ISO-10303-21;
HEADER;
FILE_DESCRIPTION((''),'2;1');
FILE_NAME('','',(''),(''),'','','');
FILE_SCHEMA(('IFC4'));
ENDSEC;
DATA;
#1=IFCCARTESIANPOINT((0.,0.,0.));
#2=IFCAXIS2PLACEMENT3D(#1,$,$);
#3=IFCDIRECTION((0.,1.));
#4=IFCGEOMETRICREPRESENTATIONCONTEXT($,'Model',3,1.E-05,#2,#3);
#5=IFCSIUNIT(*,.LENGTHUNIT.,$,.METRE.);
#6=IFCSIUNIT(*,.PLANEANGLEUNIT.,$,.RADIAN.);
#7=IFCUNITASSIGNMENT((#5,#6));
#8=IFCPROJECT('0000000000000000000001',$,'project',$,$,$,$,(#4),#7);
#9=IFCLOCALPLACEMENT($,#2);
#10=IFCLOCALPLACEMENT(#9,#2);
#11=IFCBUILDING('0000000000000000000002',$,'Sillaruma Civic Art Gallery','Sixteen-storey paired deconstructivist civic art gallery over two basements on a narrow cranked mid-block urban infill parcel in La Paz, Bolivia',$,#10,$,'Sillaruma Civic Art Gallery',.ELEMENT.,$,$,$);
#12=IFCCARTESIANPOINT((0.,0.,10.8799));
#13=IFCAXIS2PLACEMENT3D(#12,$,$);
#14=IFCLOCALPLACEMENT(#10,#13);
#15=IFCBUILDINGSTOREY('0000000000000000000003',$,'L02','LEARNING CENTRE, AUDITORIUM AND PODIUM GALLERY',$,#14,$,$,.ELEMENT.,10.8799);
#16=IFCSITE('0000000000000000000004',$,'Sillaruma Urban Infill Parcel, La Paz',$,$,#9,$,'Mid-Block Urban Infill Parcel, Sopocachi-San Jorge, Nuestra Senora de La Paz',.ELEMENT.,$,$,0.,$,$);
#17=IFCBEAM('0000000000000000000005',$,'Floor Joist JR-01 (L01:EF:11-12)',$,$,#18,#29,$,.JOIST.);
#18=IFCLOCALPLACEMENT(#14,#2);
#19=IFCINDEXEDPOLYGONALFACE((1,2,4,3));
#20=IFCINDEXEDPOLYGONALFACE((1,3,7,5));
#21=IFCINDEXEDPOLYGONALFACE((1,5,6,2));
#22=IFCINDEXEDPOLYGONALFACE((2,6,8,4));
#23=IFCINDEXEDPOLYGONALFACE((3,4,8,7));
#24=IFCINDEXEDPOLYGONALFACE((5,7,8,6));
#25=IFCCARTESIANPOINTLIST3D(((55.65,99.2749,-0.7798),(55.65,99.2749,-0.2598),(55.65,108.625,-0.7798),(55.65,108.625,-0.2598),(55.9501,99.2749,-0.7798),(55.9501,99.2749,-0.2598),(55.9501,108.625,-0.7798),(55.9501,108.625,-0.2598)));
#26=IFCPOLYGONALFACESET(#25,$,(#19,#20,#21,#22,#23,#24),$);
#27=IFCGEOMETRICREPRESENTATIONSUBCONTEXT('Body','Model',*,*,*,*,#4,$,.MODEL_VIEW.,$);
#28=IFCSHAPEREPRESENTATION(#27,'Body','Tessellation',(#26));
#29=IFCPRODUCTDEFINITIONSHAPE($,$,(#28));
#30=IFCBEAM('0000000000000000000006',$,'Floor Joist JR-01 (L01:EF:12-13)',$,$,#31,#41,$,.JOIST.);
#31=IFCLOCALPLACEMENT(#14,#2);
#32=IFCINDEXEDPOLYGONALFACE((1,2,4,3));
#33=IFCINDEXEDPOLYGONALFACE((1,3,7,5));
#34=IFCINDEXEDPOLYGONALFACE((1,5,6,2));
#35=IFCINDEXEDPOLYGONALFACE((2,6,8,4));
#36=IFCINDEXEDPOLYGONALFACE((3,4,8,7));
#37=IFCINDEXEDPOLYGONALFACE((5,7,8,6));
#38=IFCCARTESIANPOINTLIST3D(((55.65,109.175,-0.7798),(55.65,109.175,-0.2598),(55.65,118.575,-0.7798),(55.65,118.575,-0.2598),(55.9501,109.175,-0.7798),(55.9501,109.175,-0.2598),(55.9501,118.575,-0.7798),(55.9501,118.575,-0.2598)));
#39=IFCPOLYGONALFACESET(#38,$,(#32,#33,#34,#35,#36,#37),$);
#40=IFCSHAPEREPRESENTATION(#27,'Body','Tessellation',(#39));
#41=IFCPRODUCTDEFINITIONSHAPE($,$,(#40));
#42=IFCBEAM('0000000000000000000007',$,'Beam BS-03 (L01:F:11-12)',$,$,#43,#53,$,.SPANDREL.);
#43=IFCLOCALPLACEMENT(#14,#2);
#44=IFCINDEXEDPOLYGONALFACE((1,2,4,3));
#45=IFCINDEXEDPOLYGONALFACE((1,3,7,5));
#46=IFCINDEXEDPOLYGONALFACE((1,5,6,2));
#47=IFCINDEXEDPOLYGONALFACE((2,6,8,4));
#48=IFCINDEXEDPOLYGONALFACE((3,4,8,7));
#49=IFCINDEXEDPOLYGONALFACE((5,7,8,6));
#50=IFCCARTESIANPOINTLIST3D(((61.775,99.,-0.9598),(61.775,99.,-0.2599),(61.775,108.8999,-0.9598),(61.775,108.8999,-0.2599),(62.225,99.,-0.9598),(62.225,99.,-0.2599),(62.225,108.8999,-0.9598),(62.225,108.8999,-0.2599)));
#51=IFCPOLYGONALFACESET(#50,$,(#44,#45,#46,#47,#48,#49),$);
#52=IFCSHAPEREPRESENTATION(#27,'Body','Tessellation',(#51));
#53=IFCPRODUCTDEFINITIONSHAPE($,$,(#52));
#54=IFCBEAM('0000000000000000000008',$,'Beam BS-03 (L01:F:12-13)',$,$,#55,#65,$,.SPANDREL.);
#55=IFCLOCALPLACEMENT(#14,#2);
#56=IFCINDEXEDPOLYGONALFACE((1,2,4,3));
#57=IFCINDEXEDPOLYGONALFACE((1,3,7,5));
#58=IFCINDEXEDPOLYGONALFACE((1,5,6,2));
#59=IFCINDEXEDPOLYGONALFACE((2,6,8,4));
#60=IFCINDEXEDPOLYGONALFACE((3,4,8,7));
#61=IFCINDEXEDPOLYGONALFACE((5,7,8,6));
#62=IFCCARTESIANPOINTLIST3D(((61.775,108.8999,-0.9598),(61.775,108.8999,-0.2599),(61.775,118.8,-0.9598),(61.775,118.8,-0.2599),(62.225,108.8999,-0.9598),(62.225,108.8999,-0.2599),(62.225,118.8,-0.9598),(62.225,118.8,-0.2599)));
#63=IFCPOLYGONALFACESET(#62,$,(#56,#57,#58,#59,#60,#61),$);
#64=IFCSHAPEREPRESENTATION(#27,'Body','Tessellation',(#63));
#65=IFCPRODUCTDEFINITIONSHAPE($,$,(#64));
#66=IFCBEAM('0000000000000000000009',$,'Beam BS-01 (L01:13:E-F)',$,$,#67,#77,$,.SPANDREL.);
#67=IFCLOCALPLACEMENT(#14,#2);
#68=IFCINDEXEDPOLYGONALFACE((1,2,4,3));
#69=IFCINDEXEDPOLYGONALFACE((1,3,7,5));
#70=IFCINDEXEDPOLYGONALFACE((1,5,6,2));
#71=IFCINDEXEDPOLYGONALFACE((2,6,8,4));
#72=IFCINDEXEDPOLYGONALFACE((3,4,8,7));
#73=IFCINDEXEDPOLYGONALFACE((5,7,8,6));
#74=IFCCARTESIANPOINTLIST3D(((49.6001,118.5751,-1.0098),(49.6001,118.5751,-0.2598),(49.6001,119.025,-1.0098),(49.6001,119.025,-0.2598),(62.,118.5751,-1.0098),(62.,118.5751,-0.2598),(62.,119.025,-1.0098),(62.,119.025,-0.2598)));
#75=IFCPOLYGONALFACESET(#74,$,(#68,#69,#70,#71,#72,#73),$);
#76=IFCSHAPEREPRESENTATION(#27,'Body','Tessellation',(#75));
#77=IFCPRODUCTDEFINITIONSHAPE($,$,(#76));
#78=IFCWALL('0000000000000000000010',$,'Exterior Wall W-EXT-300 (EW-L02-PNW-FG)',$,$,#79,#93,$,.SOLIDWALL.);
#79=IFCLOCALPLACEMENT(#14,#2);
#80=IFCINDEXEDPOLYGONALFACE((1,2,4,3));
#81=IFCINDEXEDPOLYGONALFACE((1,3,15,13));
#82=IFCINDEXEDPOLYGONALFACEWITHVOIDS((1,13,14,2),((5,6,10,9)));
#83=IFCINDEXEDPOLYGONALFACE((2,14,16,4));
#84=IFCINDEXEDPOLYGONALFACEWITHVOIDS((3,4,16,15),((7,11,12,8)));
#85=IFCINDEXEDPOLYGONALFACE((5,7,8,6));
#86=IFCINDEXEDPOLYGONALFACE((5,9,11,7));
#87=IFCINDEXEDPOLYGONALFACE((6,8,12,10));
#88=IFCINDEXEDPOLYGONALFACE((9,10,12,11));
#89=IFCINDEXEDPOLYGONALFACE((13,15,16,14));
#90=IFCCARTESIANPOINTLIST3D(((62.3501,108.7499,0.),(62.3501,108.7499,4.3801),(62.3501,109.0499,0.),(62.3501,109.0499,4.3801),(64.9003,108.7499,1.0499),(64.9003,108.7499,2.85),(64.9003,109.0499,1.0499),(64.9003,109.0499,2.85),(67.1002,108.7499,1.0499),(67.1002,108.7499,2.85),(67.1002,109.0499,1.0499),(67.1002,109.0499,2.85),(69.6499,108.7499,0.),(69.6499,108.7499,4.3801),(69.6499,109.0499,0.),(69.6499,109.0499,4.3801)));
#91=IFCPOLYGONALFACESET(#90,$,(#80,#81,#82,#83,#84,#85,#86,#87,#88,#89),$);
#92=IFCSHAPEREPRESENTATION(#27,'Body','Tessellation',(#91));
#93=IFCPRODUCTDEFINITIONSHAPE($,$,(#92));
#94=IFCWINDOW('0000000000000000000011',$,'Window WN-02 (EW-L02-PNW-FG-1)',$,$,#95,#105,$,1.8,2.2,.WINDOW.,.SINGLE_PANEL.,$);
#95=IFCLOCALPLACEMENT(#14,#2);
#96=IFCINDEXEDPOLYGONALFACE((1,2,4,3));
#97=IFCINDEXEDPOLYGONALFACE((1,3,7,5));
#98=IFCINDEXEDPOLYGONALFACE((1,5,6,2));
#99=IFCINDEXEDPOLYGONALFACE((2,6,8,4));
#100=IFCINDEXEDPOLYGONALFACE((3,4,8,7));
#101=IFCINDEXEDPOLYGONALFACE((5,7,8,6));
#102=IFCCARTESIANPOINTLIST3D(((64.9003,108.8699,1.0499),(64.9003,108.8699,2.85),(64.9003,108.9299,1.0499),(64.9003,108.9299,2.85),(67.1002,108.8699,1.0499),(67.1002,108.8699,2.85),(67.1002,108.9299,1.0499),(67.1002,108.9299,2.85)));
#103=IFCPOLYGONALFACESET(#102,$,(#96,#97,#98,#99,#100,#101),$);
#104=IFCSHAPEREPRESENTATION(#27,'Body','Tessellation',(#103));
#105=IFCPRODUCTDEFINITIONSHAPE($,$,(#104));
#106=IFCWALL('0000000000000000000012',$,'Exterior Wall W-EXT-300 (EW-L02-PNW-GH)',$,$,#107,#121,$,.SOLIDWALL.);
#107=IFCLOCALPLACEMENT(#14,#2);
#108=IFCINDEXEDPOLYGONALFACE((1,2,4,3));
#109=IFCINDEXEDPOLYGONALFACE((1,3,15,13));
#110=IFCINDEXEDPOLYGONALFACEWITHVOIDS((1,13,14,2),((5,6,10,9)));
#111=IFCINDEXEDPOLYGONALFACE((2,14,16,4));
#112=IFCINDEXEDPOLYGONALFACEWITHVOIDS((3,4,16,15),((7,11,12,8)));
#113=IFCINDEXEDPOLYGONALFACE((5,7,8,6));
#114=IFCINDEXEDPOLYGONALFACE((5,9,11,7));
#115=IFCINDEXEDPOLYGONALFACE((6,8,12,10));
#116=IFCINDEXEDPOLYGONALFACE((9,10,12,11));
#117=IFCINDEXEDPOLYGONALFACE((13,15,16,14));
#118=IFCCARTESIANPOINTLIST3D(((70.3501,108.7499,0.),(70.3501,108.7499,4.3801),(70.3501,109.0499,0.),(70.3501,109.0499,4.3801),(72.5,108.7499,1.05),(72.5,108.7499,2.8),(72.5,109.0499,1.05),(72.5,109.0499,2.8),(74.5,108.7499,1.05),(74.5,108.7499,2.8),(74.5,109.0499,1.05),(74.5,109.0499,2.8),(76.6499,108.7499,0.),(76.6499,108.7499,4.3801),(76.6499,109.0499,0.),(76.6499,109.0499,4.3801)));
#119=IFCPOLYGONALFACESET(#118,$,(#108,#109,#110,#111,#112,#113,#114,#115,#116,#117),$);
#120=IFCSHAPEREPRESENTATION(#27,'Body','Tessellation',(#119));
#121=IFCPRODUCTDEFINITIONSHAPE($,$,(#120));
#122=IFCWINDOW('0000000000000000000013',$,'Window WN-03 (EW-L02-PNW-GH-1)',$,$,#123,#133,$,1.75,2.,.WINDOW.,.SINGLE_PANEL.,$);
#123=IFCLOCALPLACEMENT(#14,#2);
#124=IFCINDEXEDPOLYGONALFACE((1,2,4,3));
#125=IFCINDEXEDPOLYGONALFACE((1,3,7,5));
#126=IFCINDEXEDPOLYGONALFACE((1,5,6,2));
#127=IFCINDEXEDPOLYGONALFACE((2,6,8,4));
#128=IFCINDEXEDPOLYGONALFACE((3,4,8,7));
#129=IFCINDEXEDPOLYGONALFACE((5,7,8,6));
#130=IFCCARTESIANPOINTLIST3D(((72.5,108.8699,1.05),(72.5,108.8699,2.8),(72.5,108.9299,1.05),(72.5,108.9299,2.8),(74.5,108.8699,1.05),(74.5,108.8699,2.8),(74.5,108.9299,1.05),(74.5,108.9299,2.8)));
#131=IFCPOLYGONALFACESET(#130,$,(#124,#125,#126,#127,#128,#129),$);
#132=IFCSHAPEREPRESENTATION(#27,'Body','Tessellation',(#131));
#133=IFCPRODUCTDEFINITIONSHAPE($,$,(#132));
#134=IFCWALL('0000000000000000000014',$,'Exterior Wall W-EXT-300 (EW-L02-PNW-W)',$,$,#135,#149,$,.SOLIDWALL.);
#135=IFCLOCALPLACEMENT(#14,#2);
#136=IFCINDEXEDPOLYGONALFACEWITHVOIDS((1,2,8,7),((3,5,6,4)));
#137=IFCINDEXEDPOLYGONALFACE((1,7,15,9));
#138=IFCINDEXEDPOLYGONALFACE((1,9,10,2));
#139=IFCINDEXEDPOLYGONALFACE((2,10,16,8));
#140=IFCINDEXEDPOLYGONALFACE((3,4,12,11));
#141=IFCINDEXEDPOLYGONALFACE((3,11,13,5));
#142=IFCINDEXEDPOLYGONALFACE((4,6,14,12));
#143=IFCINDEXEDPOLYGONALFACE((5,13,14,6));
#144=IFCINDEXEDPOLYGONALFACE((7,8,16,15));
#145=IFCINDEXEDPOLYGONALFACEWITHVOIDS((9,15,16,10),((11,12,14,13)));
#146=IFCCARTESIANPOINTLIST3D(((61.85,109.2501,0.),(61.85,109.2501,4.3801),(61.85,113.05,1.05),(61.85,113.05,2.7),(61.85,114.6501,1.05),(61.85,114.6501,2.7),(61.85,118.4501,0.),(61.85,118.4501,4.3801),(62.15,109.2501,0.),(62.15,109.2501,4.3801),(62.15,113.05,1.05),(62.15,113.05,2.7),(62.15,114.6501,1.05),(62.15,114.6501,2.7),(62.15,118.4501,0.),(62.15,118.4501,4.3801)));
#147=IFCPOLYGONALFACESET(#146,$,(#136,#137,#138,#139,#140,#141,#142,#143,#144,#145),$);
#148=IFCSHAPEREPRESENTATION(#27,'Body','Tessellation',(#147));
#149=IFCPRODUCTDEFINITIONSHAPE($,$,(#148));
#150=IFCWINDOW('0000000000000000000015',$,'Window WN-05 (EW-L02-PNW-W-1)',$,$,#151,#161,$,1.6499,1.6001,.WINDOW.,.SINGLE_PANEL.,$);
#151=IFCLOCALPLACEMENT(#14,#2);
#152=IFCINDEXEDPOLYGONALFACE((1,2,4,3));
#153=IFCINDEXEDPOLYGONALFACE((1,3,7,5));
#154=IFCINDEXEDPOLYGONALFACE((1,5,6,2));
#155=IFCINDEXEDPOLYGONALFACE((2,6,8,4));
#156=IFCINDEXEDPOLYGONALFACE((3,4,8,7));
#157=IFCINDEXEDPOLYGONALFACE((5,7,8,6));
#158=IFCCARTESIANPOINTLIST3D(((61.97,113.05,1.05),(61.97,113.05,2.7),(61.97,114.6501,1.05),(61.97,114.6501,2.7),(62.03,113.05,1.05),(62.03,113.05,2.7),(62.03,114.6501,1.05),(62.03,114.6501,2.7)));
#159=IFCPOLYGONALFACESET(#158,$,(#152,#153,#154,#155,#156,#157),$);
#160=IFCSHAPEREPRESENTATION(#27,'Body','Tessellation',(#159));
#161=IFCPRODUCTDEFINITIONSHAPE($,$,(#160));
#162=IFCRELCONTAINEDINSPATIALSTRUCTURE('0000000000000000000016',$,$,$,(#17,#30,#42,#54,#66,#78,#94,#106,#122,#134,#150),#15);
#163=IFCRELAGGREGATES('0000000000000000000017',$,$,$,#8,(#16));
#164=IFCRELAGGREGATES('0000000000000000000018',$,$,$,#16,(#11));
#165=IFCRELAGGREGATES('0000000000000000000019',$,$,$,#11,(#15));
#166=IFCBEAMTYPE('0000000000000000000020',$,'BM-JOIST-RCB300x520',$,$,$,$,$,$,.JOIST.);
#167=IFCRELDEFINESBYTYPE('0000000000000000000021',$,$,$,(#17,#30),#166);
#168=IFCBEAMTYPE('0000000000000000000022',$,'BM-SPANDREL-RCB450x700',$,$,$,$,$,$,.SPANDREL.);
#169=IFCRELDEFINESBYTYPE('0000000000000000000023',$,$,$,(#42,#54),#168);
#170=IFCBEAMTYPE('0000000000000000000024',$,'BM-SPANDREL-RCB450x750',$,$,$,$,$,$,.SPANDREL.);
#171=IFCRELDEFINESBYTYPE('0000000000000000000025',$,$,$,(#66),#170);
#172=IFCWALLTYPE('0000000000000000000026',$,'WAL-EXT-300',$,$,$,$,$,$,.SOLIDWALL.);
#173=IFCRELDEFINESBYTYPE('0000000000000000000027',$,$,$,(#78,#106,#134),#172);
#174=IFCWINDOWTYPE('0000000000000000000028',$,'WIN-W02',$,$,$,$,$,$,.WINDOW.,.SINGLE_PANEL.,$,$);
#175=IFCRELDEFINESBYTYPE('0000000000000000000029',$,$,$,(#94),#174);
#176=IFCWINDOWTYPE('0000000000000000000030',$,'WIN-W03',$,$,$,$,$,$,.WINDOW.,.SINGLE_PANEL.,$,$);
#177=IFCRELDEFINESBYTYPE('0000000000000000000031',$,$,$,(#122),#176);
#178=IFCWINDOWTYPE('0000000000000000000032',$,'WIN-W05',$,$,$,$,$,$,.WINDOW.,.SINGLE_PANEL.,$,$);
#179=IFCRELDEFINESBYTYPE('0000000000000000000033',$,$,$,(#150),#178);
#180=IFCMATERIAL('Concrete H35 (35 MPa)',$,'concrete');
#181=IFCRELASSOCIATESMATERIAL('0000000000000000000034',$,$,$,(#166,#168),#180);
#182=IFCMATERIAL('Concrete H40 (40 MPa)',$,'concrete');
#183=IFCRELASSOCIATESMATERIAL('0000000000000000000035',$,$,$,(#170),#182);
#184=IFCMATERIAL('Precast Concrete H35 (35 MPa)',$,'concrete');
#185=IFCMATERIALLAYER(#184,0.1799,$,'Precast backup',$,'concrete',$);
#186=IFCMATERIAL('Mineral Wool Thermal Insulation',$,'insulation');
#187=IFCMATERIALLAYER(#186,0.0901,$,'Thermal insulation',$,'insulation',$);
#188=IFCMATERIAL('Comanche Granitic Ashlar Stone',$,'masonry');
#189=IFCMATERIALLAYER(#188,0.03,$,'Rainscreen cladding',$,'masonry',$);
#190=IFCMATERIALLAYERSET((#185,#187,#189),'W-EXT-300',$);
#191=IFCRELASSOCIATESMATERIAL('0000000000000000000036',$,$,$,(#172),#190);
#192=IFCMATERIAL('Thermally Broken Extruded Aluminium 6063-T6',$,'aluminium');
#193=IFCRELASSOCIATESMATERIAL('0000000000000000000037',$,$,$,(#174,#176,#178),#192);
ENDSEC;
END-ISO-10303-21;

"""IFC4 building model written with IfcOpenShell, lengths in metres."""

from ifc_helpers import new_model, si_unit, direction, frame, frame_2d, origin, origin_2d, place, context, subcontext, project, spatial, rectangle, extrude, material, layer, layer_set, material_profile, profile_set, type_object, element, fill, save


model = new_model("IFC4")

# Units and contexts
model_context = context("Model", 3, precision=1e-05, world=origin(), true_north=direction((0.0, 1.0)))
body_context = subcontext(model_context, "Body", "Model", "MODEL_VIEW")
ifc_project = project(units=[si_unit("LENGTHUNIT", "METRE"), si_unit("PLANEANGLEUNIT", "RADIAN")], contexts=[model_context])

# Site, building, storey
site_placement = place(None, origin())
site = spatial("IfcSite", under=ifc_project, at=site_placement, Name="Sillaruma Urban Infill Parcel, La Paz", LongName="Mid-Block Urban Infill Parcel, Sopocachi-San Jorge, Nuestra Senora de La Paz", CompositionType="ELEMENT", RefElevation=0.0)
building_placement = place(site_placement, origin())
building = spatial("IfcBuilding", under=site, at=building_placement, Name="Sillaruma Civic Art Gallery", Description="Sixteen-storey paired deconstructivist civic art gallery over two basements on a narrow cranked mid-block urban infill parcel in La Paz, Bolivia", LongName="Sillaruma Civic Art Gallery", CompositionType="ELEMENT")
storey_placement = place(building_placement, frame((0.0, 0.0, 10.8799)))
storey = spatial("IfcBuildingStorey", under=building, at=storey_placement, Name="L02", Description="LEARNING CENTRE, AUDITORIUM AND PODIUM GALLERY", CompositionType="ELEMENT", Elevation=10.8799)

# Shared definitions
ifc_material_1 = material(Name="Concrete H40 (40 MPa)", Category="concrete")

# Beams
ifc_material_2 = material(Name="Concrete H35 (35 MPa)", Category="concrete")
ifc_material_profile_1 = material_profile(ifc_material_2, rectangle(XDim=0.3, YDim=0.52, at=origin_2d()), Name="RCB300x520")
ifc_profile_set_1 = profile_set([ifc_material_profile_1], Name="Concrete H35 (35 MPa)")
beam_type_1 = type_object("IfcBeamType", Name="BM-JOIST-RCB300x520", PredefinedType="JOIST", material=ifc_profile_set_1)
beam_1_placement = place(storey_placement, frame((55.8, 99.2749, -0.5198), z_axis=(0.0, 1.0, 0.0), x_axis=(-1.0, 0.0, 0.0)))
element("IfcBeam", 1, at=beam_1_placement, inside=storey, type_object=beam_type_1, Name="Floor Joist JR-01 (L01:EF:11-12)", PredefinedType="JOIST", context=body_context, shape_type="SweptSolid", body=[
    extrude(rectangle(XDim=0.3, YDim=0.52, at=origin_2d()), origin(), (0.0, 0.0, 1.0), 9.3501),
])
beam_2_placement = place(storey_placement, frame((55.8, 109.175, -0.5198), z_axis=(0.0, 1.0, 0.0), x_axis=(-1.0, 0.0, 0.0)))
element("IfcBeam", 2, at=beam_2_placement, inside=storey, type_object=beam_type_1, Name="Floor Joist JR-01 (L01:EF:12-13)", PredefinedType="JOIST", context=body_context, shape_type="SweptSolid", body=[
    extrude(rectangle(XDim=0.3, YDim=0.52, at=origin_2d()), origin(), (0.0, 0.0, 1.0), 9.3999),
])
ifc_material_profile_2 = material_profile(ifc_material_2, rectangle(XDim=0.45, YDim=0.7, at=origin_2d()), Name="RCB450x700")
ifc_profile_set_2 = profile_set([ifc_material_profile_2], Name="Concrete H35 (35 MPa)")
beam_type_2 = type_object("IfcBeamType", Name="BM-SPANDREL-RCB450x700", PredefinedType="SPANDREL", material=ifc_profile_set_2)
beam_3_placement = place(storey_placement, frame((62.0, 99.0, -0.6099), z_axis=(0.0, 1.0, 0.0), x_axis=(-1.0, 0.0, 0.0)))
element("IfcBeam", 3, at=beam_3_placement, inside=storey, type_object=beam_type_2, Name="Beam BS-03 (L01:F:11-12)", PredefinedType="SPANDREL", context=body_context, shape_type="SweptSolid", body=[
    extrude(rectangle(XDim=0.45, YDim=0.7, at=origin_2d()), origin(), (0.0, 0.0, 1.0), 9.8999),
])
beam_4_placement = place(storey_placement, frame((62.0, 108.8999, -0.6099), z_axis=(0.0, 1.0, 0.0), x_axis=(-1.0, 0.0, 0.0)))
element("IfcBeam", 4, at=beam_4_placement, inside=storey, type_object=beam_type_2, Name="Beam BS-03 (L01:F:12-13)", PredefinedType="SPANDREL", context=body_context, shape_type="SweptSolid", body=[
    extrude(rectangle(XDim=0.45, YDim=0.7, at=origin_2d()), origin(), (0.0, 0.0, 1.0), 9.9001),
])
ifc_material_profile_3 = material_profile(ifc_material_1, rectangle(XDim=0.45, YDim=0.75, at=origin_2d()), Name="RCB450x750")
ifc_profile_set_3 = profile_set([ifc_material_profile_3], Name="Concrete H40 (40 MPa)")
beam_type_3 = type_object("IfcBeamType", Name="BM-SPANDREL-RCB450x750", PredefinedType="SPANDREL", material=ifc_profile_set_3)
beam_5_placement = place(storey_placement, frame((49.6001, 118.8, -0.6348), z_axis=(1.0, 0.0, 0.0), x_axis=(0.0, 1.0, 0.0)))
element("IfcBeam", 5, at=beam_5_placement, inside=storey, type_object=beam_type_3, Name="Beam BS-01 (L01:13:E-F)", PredefinedType="SPANDREL", context=body_context, shape_type="SweptSolid", body=[
    extrude(rectangle(XDim=0.45, YDim=0.75, at=origin_2d()), origin(), (0.0, 0.0, 1.0), 12.3999),
])

# Walls, openings, windows
ifc_material_3 = material(Name="Precast Concrete H35 (35 MPa)", Category="concrete")
ifc_layer_1 = layer(ifc_material_3, 0.1799, Name="Precast backup", Category="concrete")
ifc_material_4 = material(Name="Mineral Wool Thermal Insulation", Category="insulation")
ifc_layer_2 = layer(ifc_material_4, 0.0901, Name="Thermal insulation", Category="insulation")
ifc_material_5 = material(Name="Comanche Granitic Ashlar Stone", Category="masonry")
ifc_layer_3 = layer(ifc_material_5, 0.03, Name="Rainscreen cladding", Category="masonry")
ifc_layer_set_1 = layer_set([ifc_layer_1, ifc_layer_2, ifc_layer_3], Name="W-EXT-300")
wall_type_1 = type_object("IfcWallType", Name="WAL-EXT-300", PredefinedType="SOLIDWALL", material=ifc_layer_set_1)
wall_1_placement = place(storey_placement, frame((62.3501, 108.8999, 0.0), z_axis=(0.0, 0.0, 1.0), x_axis=(1.0, 0.0, 0.0)))
wall_1 = element("IfcWall", 6, at=wall_1_placement, inside=storey, type_object=wall_type_1, Name="Exterior Wall W-EXT-300 (EW-L02-PNW-FG)", PredefinedType="SOLIDWALL", context=body_context, shape_type="SweptSolid", body=[
    extrude(rectangle(XDim=7.2998, YDim=0.3, at=frame_2d((3.6499, 0.0))), origin(), (0.0, 0.0, 1.0), 4.3801),
])
opening_1_placement = place(wall_1_placement, frame((2.55, 0.0, 1.05)))
opening_1 = element("IfcOpeningElement", 7, at=opening_1_placement, cuts=wall_1, PredefinedType="OPENING", context=body_context, shape_type="SweptSolid", body=[
    extrude(rectangle(XDim=2.2, YDim=1.8, at=frame_2d((1.1001, 0.8999))), frame((0.0, 0.1599, 0.0), z_axis=(0.0, -1.0, 0.0), x_axis=(1.0, 0.0, 0.0)), (0.0, 0.0, 1.0), 0.3201),
])
ifc_material_6 = material(Name="Thermally Broken Extruded Aluminium 6063-T6", Category="aluminium")
window_type_1 = type_object("IfcWindowType", Name="WIN-W02", PartitioningType="SINGLE_PANEL", PredefinedType="WINDOW", material=ifc_material_6)
window_1_placement = place(opening_1_placement, origin())
window_1 = element("IfcWindow", 8, at=window_1_placement, inside=storey, type_object=window_type_1, Name="Window WN-02 (EW-L02-PNW-FG-1)", OverallHeight=1.8, OverallWidth=2.2, PartitioningType="SINGLE_PANEL", PredefinedType="WINDOW", context=body_context, shape_type="SweptSolid", body=[
    extrude(rectangle(XDim=2.2, YDim=1.8, at=frame_2d((1.1001, 0.8999))), frame((0.0, 0.03, 0.0), z_axis=(0.0, -1.0, 0.0), x_axis=(1.0, 0.0, 0.0)), (0.0, 0.0, 1.0), 0.0601),
])
fill(opening_1, window_1)
wall_2_placement = place(storey_placement, frame((70.3501, 108.8999, 0.0), z_axis=(0.0, 0.0, 1.0), x_axis=(1.0, 0.0, 0.0)))
wall_2 = element("IfcWall", 9, at=wall_2_placement, inside=storey, type_object=wall_type_1, Name="Exterior Wall W-EXT-300 (EW-L02-PNW-GH)", PredefinedType="SOLIDWALL", context=body_context, shape_type="SweptSolid", body=[
    extrude(rectangle(XDim=6.2998, YDim=0.3, at=frame_2d((3.1499, 0.0))), origin(), (0.0, 0.0, 1.0), 4.3801),
])
opening_2_placement = place(wall_2_placement, frame((2.1499, 0.0, 1.05)))
opening_2 = element("IfcOpeningElement", 10, at=opening_2_placement, cuts=wall_2, PredefinedType="OPENING", context=body_context, shape_type="SweptSolid", body=[
    extrude(rectangle(XDim=2.0, YDim=1.75, at=frame_2d((1.0, 0.875))), frame((0.0, 0.1599, 0.0), z_axis=(0.0, -1.0, 0.0), x_axis=(1.0, 0.0, 0.0)), (0.0, 0.0, 1.0), 0.3201),
])
window_type_2 = type_object("IfcWindowType", Name="WIN-W03", PartitioningType="SINGLE_PANEL", PredefinedType="WINDOW", material=ifc_material_6)
window_2_placement = place(opening_2_placement, origin())
window_2 = element("IfcWindow", 11, at=window_2_placement, inside=storey, type_object=window_type_2, Name="Window WN-03 (EW-L02-PNW-GH-1)", OverallHeight=1.75, OverallWidth=2.0, PartitioningType="SINGLE_PANEL", PredefinedType="WINDOW", context=body_context, shape_type="SweptSolid", body=[
    extrude(rectangle(XDim=2.0, YDim=1.75, at=frame_2d((1.0, 0.875))), frame((0.0, 0.03, 0.0), z_axis=(0.0, -1.0, 0.0), x_axis=(1.0, 0.0, 0.0)), (0.0, 0.0, 1.0), 0.0601),
])
fill(opening_2, window_2)
wall_3_placement = place(storey_placement, frame((62.0, 109.25, 0.0), z_axis=(0.0, 0.0, 1.0), x_axis=(0.0, 1.0, 0.0)))
wall_3 = element("IfcWall", 12, at=wall_3_placement, inside=storey, type_object=wall_type_1, Name="Exterior Wall W-EXT-300 (EW-L02-PNW-W)", PredefinedType="SOLIDWALL", context=body_context, shape_type="SweptSolid", body=[
    extrude(rectangle(XDim=9.2, YDim=0.3, at=frame_2d((4.6001, 0.0))), origin(), (0.0, 0.0, 1.0), 4.3801),
])
opening_3_placement = place(wall_3_placement, frame((3.8, 0.0, 1.05)))
opening_3 = element("IfcOpeningElement", 13, at=opening_3_placement, cuts=wall_3, PredefinedType="OPENING", context=body_context, shape_type="SweptSolid", body=[
    extrude(rectangle(XDim=1.6001, YDim=1.6499, at=frame_2d((0.8, 0.825))), frame((0.0, 0.1599, 0.0), z_axis=(0.0, -1.0, 0.0), x_axis=(1.0, 0.0, 0.0)), (0.0, 0.0, 1.0), 0.3201),
])
window_type_3 = type_object("IfcWindowType", Name="WIN-W05", PartitioningType="SINGLE_PANEL", PredefinedType="WINDOW", material=ifc_material_6)
window_3_placement = place(opening_3_placement, origin())
window_3 = element("IfcWindow", 14, at=window_3_placement, inside=storey, type_object=window_type_3, Name="Window WN-05 (EW-L02-PNW-W-1)", OverallHeight=1.6499, OverallWidth=1.6001, PartitioningType="SINGLE_PANEL", PredefinedType="WINDOW", context=body_context, shape_type="SweptSolid", body=[
    extrude(rectangle(XDim=1.6001, YDim=1.6499, at=frame_2d((0.8, 0.825))), frame((0.0, 0.03, 0.0), z_axis=(0.0, -1.0, 0.0), x_axis=(1.0, 0.0, 0.0)), (0.0, 0.0, 1.0), 0.0601),
])
fill(opening_3, window_3)

save(model, "model.ifc")
